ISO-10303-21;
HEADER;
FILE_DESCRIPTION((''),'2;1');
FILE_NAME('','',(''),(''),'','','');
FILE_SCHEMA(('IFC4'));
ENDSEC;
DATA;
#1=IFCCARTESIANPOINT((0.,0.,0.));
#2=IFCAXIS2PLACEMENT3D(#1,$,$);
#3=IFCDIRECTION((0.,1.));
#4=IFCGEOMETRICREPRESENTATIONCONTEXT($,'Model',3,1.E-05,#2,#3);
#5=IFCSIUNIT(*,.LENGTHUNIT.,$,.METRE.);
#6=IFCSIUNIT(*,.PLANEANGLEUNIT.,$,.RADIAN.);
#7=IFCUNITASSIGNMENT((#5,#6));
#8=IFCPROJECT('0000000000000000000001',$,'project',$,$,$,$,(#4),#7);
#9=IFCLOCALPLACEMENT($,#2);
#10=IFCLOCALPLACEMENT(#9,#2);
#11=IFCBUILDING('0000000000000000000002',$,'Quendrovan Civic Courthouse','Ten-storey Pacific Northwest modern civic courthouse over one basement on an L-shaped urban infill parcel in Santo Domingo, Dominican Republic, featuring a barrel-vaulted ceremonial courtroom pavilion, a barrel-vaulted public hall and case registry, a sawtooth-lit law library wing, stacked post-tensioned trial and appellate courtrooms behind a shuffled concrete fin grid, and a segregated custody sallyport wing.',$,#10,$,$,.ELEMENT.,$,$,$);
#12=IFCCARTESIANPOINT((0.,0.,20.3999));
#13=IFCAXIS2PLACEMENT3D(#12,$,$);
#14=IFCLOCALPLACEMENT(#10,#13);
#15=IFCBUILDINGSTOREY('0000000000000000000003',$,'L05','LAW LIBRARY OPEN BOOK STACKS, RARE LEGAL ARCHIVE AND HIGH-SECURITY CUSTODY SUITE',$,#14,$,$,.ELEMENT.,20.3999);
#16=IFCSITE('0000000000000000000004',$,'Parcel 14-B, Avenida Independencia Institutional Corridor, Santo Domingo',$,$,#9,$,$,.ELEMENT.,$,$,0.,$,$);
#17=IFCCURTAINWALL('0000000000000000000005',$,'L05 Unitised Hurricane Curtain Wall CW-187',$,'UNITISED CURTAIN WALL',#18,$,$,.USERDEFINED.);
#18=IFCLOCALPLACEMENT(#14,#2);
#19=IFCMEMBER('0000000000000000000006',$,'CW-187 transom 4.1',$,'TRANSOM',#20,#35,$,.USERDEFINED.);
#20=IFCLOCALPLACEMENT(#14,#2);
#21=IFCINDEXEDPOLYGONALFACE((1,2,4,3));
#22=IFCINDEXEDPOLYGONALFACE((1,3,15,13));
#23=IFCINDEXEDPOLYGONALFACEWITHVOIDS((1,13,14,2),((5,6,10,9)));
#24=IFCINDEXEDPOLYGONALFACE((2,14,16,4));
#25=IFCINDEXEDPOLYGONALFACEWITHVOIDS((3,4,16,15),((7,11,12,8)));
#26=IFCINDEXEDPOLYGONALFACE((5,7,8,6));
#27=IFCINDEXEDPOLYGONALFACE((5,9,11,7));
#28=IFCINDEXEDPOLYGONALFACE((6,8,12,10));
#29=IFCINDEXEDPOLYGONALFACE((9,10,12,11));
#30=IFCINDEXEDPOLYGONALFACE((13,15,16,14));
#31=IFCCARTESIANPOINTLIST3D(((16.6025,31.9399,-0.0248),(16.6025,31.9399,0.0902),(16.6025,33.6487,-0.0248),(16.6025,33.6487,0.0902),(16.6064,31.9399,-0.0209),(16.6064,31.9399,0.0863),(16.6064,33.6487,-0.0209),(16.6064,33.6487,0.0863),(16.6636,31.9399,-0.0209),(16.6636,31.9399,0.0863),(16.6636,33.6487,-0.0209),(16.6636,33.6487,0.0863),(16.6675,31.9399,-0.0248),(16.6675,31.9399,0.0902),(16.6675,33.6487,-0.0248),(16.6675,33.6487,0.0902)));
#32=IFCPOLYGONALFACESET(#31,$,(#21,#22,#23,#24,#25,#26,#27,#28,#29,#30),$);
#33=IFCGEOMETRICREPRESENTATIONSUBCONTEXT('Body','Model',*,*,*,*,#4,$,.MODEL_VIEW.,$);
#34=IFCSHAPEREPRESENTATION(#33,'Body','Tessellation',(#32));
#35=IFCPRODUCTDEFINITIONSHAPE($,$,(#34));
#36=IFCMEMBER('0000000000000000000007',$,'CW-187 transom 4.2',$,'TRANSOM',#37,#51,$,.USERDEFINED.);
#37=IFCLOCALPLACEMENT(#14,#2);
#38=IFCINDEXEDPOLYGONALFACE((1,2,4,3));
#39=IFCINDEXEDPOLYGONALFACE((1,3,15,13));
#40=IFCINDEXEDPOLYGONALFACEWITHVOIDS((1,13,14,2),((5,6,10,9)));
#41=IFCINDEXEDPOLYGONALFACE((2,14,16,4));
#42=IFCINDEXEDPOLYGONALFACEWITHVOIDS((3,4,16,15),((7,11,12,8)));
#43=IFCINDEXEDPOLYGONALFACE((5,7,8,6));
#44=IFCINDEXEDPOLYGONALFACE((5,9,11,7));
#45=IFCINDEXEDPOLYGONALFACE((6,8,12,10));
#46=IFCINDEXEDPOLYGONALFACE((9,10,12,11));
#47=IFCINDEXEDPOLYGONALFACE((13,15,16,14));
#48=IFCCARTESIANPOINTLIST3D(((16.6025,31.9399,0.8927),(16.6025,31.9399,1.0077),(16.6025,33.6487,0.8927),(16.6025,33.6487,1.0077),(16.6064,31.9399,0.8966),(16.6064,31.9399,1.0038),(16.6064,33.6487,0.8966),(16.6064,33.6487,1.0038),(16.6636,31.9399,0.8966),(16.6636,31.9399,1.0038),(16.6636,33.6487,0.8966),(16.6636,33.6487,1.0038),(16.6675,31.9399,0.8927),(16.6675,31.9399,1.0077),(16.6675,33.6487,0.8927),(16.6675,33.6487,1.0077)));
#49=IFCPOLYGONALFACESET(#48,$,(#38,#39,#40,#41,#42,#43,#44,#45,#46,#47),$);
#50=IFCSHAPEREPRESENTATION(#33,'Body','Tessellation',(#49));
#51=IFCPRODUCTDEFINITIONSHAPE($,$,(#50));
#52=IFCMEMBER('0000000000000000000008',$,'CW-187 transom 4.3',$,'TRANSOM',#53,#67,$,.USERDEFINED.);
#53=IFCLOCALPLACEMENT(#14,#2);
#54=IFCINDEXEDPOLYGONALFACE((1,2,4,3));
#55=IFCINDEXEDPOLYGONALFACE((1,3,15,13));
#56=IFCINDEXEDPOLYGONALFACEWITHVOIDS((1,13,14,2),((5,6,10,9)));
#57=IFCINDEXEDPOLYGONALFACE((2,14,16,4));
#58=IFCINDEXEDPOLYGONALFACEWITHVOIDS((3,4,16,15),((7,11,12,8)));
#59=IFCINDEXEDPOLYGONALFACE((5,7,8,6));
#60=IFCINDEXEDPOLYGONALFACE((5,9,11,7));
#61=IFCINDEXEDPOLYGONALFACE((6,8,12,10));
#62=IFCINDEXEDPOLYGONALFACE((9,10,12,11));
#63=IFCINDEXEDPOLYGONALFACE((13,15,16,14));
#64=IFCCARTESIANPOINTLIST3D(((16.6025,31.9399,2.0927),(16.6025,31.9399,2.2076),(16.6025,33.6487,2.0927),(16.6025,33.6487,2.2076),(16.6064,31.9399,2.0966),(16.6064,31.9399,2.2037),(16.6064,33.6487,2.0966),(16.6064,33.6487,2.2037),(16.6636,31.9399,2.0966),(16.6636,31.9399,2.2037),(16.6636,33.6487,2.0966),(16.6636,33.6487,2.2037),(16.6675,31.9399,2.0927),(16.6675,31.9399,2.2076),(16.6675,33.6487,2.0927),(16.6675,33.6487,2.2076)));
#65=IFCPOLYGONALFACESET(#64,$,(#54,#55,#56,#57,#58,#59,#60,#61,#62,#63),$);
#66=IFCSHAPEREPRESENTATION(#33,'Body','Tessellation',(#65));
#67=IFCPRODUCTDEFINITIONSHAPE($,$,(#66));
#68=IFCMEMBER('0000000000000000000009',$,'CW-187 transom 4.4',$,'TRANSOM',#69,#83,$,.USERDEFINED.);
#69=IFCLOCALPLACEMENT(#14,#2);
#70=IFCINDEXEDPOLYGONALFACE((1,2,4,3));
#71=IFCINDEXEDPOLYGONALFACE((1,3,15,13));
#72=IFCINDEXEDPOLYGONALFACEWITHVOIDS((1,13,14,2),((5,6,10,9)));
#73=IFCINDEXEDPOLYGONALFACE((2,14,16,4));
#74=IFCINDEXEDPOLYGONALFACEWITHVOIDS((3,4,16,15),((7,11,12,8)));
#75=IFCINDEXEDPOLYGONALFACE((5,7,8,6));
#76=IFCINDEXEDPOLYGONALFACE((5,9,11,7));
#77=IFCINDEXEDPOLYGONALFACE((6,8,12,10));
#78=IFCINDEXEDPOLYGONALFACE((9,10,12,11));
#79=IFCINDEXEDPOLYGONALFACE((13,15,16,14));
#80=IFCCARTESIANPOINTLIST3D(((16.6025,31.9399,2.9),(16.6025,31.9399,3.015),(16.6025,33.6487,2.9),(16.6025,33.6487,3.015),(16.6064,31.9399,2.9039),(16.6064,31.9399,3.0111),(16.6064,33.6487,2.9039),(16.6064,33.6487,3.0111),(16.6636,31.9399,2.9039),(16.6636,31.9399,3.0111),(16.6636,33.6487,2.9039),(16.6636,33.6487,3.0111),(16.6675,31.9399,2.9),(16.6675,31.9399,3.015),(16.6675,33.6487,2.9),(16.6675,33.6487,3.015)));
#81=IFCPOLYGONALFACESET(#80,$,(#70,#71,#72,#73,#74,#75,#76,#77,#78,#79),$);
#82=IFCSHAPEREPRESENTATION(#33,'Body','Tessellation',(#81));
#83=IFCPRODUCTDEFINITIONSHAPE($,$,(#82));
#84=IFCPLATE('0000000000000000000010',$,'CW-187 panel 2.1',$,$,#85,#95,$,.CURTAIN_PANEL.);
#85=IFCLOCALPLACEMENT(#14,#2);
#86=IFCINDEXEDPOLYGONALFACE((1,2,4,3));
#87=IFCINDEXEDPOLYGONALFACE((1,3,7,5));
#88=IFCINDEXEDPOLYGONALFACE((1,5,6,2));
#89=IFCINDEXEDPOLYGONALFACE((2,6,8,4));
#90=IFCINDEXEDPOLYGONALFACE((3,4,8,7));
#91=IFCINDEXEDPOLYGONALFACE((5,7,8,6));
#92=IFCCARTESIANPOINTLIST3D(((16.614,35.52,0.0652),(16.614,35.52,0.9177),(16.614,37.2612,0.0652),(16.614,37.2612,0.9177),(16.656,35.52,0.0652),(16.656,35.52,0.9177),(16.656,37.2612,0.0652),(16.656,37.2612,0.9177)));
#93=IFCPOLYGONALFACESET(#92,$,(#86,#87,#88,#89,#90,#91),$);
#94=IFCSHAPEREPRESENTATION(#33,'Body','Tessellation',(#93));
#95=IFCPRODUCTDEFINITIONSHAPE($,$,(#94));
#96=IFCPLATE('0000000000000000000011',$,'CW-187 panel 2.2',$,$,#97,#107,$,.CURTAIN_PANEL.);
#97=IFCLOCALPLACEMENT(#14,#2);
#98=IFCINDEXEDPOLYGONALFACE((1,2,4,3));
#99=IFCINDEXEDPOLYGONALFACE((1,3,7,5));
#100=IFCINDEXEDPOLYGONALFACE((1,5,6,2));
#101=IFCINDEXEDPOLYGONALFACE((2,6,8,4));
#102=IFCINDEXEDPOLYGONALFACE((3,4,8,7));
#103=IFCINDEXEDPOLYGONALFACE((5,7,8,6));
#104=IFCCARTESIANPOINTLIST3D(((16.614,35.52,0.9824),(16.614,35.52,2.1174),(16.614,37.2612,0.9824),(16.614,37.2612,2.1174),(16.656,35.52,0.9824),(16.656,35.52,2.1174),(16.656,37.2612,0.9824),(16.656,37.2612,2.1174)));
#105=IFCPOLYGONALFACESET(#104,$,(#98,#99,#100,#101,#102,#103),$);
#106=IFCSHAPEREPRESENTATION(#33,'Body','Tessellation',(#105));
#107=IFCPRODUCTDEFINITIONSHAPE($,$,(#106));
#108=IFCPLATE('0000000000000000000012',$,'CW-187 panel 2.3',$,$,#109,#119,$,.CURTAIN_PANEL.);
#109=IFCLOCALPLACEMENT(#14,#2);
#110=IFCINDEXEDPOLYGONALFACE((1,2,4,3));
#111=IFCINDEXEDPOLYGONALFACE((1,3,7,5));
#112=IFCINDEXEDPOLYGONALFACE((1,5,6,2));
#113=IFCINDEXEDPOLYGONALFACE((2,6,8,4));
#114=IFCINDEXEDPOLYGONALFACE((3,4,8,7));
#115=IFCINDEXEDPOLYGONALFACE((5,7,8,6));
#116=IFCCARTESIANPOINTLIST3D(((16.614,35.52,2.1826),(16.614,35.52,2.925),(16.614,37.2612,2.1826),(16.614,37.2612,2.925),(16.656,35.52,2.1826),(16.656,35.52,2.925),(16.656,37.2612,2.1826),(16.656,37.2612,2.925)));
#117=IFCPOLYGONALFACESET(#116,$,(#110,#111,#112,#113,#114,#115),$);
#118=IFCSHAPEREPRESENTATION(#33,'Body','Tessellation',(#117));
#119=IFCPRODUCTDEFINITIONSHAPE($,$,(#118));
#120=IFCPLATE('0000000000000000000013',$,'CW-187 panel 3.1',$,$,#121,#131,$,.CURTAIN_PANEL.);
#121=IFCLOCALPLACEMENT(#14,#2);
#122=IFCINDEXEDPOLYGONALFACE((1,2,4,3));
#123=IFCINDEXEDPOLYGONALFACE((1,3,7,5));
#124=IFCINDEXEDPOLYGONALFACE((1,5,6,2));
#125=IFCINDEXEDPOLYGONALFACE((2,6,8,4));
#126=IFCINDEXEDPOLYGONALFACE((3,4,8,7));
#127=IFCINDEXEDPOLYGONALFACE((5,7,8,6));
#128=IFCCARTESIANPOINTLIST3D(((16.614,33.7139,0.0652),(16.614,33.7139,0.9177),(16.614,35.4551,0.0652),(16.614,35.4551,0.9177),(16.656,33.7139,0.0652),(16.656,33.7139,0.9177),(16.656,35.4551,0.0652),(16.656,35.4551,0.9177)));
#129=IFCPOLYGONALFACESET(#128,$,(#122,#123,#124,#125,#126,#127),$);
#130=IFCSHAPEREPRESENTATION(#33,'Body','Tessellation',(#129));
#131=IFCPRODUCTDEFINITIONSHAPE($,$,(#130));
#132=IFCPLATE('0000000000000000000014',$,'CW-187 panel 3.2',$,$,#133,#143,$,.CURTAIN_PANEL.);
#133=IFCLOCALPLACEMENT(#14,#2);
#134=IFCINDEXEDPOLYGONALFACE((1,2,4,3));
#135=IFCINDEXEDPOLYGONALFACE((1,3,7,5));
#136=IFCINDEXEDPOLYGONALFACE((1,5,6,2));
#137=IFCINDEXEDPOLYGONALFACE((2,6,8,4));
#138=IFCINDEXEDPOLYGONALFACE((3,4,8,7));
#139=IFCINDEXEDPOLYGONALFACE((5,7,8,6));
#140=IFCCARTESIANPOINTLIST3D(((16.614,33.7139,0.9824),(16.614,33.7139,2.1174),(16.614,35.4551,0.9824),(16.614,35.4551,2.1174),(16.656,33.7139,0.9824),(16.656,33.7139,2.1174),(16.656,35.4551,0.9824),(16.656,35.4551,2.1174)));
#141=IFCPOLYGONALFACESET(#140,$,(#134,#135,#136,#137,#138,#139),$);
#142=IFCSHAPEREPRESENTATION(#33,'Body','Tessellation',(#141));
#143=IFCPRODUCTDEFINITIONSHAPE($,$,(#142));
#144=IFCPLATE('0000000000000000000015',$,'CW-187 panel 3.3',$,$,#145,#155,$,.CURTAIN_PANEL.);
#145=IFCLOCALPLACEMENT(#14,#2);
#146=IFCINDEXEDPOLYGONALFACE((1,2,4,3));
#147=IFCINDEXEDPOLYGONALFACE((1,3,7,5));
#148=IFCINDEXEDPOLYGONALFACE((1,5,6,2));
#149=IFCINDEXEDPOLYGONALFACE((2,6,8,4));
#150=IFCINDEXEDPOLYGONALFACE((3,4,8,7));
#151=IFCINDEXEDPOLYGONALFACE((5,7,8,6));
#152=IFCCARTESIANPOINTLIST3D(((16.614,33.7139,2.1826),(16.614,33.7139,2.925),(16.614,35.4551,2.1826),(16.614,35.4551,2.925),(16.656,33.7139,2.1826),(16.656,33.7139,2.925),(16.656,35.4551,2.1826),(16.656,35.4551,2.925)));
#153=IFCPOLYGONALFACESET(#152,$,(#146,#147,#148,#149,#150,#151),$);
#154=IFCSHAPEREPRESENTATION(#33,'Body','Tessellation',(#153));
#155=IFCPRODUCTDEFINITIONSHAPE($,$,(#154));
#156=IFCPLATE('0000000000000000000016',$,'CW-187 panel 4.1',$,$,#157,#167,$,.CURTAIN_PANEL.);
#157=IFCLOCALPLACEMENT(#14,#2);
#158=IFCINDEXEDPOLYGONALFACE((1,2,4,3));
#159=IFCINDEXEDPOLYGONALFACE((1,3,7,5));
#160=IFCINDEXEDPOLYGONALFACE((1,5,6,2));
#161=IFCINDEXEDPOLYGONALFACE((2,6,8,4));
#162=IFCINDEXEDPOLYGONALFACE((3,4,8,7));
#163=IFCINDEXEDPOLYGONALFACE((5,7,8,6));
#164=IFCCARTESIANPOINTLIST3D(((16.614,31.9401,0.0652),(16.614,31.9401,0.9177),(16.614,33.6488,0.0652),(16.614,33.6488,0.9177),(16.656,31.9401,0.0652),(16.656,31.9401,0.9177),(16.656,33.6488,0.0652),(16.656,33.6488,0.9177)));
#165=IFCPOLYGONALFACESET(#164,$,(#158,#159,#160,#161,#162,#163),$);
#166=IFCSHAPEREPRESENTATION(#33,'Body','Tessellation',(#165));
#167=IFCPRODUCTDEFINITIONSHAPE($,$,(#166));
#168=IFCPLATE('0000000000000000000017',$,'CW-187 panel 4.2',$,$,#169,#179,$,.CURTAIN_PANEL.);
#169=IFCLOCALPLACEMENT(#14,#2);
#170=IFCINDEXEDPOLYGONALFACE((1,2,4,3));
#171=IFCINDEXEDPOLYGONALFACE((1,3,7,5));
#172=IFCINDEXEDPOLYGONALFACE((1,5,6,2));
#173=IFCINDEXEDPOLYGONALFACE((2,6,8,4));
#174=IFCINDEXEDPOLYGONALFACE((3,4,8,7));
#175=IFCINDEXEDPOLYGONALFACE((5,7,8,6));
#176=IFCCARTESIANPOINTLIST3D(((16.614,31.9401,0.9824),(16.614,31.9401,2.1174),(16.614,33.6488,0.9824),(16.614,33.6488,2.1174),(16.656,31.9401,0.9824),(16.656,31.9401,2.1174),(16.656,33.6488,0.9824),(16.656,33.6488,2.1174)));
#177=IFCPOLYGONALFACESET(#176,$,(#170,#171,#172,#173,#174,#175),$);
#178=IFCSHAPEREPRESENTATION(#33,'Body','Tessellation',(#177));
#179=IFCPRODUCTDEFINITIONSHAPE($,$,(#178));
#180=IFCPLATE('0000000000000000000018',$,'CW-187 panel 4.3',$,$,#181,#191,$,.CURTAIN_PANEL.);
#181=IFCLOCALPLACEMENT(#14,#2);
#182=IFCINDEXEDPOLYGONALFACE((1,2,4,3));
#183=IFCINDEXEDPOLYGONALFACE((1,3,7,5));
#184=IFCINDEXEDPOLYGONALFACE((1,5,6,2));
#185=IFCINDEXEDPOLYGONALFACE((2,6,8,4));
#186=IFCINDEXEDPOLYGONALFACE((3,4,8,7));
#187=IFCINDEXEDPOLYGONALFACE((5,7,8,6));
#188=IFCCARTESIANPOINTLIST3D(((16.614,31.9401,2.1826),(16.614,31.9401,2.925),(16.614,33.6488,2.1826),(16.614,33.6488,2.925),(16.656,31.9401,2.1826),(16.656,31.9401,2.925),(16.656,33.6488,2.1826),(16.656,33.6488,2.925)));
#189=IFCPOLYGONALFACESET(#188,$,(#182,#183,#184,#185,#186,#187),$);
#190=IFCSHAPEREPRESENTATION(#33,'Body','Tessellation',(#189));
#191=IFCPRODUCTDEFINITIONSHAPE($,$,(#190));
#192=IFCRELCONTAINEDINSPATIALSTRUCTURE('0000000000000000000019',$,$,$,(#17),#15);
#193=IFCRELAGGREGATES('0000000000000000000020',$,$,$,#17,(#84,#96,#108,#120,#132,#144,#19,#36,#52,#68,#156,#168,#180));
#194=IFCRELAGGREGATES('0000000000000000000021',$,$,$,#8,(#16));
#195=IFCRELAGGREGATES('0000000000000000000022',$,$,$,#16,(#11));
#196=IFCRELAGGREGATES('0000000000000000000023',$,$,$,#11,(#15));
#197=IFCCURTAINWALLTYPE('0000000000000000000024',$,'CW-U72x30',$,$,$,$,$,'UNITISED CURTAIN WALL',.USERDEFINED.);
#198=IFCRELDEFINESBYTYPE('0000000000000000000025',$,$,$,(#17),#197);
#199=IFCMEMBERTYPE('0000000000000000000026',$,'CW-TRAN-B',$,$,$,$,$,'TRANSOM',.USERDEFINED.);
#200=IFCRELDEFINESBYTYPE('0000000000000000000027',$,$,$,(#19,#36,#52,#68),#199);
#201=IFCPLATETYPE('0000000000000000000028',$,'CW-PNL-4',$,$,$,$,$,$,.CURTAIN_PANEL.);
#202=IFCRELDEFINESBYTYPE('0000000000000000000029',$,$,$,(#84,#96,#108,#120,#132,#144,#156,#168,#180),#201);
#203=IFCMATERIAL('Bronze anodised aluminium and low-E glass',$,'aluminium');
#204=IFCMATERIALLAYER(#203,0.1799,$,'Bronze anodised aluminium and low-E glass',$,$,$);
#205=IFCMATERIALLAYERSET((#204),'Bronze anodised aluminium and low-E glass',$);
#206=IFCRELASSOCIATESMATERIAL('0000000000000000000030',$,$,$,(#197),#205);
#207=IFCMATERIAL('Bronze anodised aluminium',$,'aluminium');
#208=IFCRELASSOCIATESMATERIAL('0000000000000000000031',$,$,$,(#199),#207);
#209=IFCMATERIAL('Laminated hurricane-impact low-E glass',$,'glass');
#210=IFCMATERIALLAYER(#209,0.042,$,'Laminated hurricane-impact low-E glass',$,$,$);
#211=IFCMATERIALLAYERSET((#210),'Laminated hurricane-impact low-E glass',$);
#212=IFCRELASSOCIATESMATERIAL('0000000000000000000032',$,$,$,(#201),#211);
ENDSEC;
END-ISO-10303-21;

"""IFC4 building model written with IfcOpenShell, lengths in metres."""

from ifc_helpers import new_model, si_unit, direction, frame, origin, origin_2d, place, context, subcontext, project, spatial, rectangle, hollow_rectangle, extrude, material, layer, layer_set, material_profile, profile_set, type_object, element, aggregate, save


model = new_model("IFC4")

# Units and contexts
model_context = context("Model", 3, precision=1e-05, world=origin(), true_north=direction((0.0, 1.0)))
body_context = subcontext(model_context, "Body", "Model", "MODEL_VIEW")
ifc_project = project(units=[si_unit("LENGTHUNIT", "METRE"), si_unit("PLANEANGLEUNIT", "RADIAN")], contexts=[model_context])

# Site, building, storey
site_placement = place(None, origin())
site = spatial("IfcSite", under=ifc_project, at=site_placement, Name="Parcel 14-B, Avenida Independencia Institutional Corridor, Santo Domingo", CompositionType="ELEMENT", RefElevation=0.0)
building_placement = place(site_placement, origin())
building = spatial("IfcBuilding", under=site, at=building_placement, Name="Quendrovan Civic Courthouse", Description="Ten-storey Pacific Northwest modern civic courthouse over one basement on an L-shaped urban infill parcel in Santo Domingo, Dominican Republic, featuring a barrel-vaulted ceremonial courtroom pavilion, a barrel-vaulted public hall and case registry, a sawtooth-lit law library wing, stacked post-tensioned trial and appellate courtrooms behind a shuffled concrete fin grid, and a segregated custody sallyport wing.", CompositionType="ELEMENT")
storey_placement = place(building_placement, frame((0.0, 0.0, 20.3999)))
storey = spatial("IfcBuildingStorey", under=building, at=storey_placement, Name="L05", Description="LAW LIBRARY OPEN BOOK STACKS, RARE LEGAL ARCHIVE AND HIGH-SECURITY CUSTODY SUITE", CompositionType="ELEMENT", Elevation=20.3999)

# Curtain wall, members, plates
ifc_material_1 = material(Name="Bronze anodised aluminium and low-E glass", Category="aluminium")
ifc_layer_1 = layer(ifc_material_1, 0.1799, Name="Bronze anodised aluminium and low-E glass")
ifc_layer_set_1 = layer_set([ifc_layer_1], Name="Bronze anodised aluminium and low-E glass")
curtain_wall_type = type_object("IfcCurtainWallType", Name="CW-U72x30", ElementType="UNITISED CURTAIN WALL", PredefinedType="USERDEFINED", material=ifc_layer_set_1)
curtain_wall_placement = place(storey_placement, origin())
curtain_wall = element("IfcCurtainWall", 1, at=curtain_wall_placement, inside=storey, type_object=curtain_wall_type, Name="L05 Unitised Hurricane Curtain Wall CW-187", ObjectType="UNITISED CURTAIN WALL", PredefinedType="USERDEFINED")
ifc_material_2 = material(Name="Bronze anodised aluminium", Category="aluminium")
ifc_material_profile_1 = material_profile(ifc_material_2, hollow_rectangle(XDim=0.0649, YDim=0.115, WallThickness=0.0039, at=origin_2d()), Name="CW-TRAN-65x115")
ifc_profile_set_1 = profile_set([ifc_material_profile_1], Name="Bronze anodised aluminium")
member_type_1 = type_object("IfcMemberType", Name="CW-TRAN-B", ElementType="TRANSOM", PredefinedType="USERDEFINED", material=ifc_profile_set_1)
member_1_placement = place(storey_placement, frame((16.635, 33.6487, 0.0327), z_axis=(0.0, -1.0, 0.0), x_axis=(1.0, 0.0, 0.0)))
member_1 = element("IfcMember", 2, at=member_1_placement, type_object=member_type_1, Name="CW-187 transom 4.1", ObjectType="TRANSOM", PredefinedType="USERDEFINED", context=body_context, shape_type="SweptSolid", body=[
    extrude(hollow_rectangle(XDim=0.0649, YDim=0.115, WallThickness=0.0039, at=origin_2d()), origin(), (0.0, 0.0, 1.0), 1.7087),
])
member_2_placement = place(storey_placement, frame((16.635, 33.6487, 0.9502), z_axis=(0.0, -1.0, 0.0), x_axis=(1.0, 0.0, 0.0)))
member_2 = element("IfcMember", 3, at=member_2_placement, type_object=member_type_1, Name="CW-187 transom 4.2", ObjectType="TRANSOM", PredefinedType="USERDEFINED", context=body_context, shape_type="SweptSolid", body=[
    extrude(hollow_rectangle(XDim=0.0649, YDim=0.115, WallThickness=0.0039, at=origin_2d()), origin(), (0.0, 0.0, 1.0), 1.7087),
])
member_3_placement = place(storey_placement, frame((16.635, 33.6487, 2.1501), z_axis=(0.0, -1.0, 0.0), x_axis=(1.0, 0.0, 0.0)))
member_3 = element("IfcMember", 4, at=member_3_placement, type_object=member_type_1, Name="CW-187 transom 4.3", ObjectType="TRANSOM", PredefinedType="USERDEFINED", context=body_context, shape_type="SweptSolid", body=[
    extrude(hollow_rectangle(XDim=0.0649, YDim=0.115, WallThickness=0.0039, at=origin_2d()), origin(), (0.0, 0.0, 1.0), 1.7087),
])
member_4_placement = place(storey_placement, frame((16.635, 33.6487, 2.9575), z_axis=(0.0, -1.0, 0.0), x_axis=(1.0, 0.0, 0.0)))
member_4 = element("IfcMember", 5, at=member_4_placement, type_object=member_type_1, Name="CW-187 transom 4.4", ObjectType="TRANSOM", PredefinedType="USERDEFINED", context=body_context, shape_type="SweptSolid", body=[
    extrude(hollow_rectangle(XDim=0.0649, YDim=0.115, WallThickness=0.0039, at=origin_2d()), origin(), (0.0, 0.0, 1.0), 1.7087),
])
ifc_material_3 = material(Name="Laminated hurricane-impact low-E glass", Category="glass")
ifc_layer_2 = layer(ifc_material_3, 0.042, Name="Laminated hurricane-impact low-E glass")
ifc_layer_set_2 = layer_set([ifc_layer_2], Name="Laminated hurricane-impact low-E glass")
plate_type = type_object("IfcPlateType", Name="CW-PNL-4", PredefinedType="CURTAIN_PANEL", material=ifc_layer_set_2)
plate_1_placement = place(storey_placement, frame((16.635, 36.3906, 0.0652), z_axis=(0.0, 0.0, 1.0), x_axis=(0.0, -1.0, 0.0)))
plate_1 = element("IfcPlate", 6, at=plate_1_placement, type_object=plate_type, Name="CW-187 panel 2.1", PredefinedType="CURTAIN_PANEL", context=body_context, shape_type="SweptSolid", body=[
    extrude(rectangle(XDim=1.7412, YDim=0.042, at=origin_2d()), origin(), (0.0, 0.0, 1.0), 0.8525),
])
plate_2_placement = place(storey_placement, frame((16.635, 36.3906, 0.9824), z_axis=(0.0, 0.0, 1.0), x_axis=(0.0, -1.0, 0.0)))
plate_2 = element("IfcPlate", 7, at=plate_2_placement, type_object=plate_type, Name="CW-187 panel 2.2", PredefinedType="CURTAIN_PANEL", context=body_context, shape_type="SweptSolid", body=[
    extrude(rectangle(XDim=1.7412, YDim=0.042, at=origin_2d()), origin(), (0.0, 0.0, 1.0), 1.135),
])
plate_3_placement = place(storey_placement, frame((16.635, 36.3906, 2.1826), z_axis=(0.0, 0.0, 1.0), x_axis=(0.0, -1.0, 0.0)))
plate_3 = element("IfcPlate", 8, at=plate_3_placement, type_object=plate_type, Name="CW-187 panel 2.3", PredefinedType="CURTAIN_PANEL", context=body_context, shape_type="SweptSolid", body=[
    extrude(rectangle(XDim=1.7412, YDim=0.042, at=origin_2d()), origin(), (0.0, 0.0, 1.0), 0.7424),
])
plate_4_placement = place(storey_placement, frame((16.635, 34.5845, 0.0652), z_axis=(0.0, 0.0, 1.0), x_axis=(0.0, -1.0, 0.0)))
plate_4 = element("IfcPlate", 9, at=plate_4_placement, type_object=plate_type, Name="CW-187 panel 3.1", PredefinedType="CURTAIN_PANEL", context=body_context, shape_type="SweptSolid", body=[
    extrude(rectangle(XDim=1.7412, YDim=0.042, at=origin_2d()), origin(), (0.0, 0.0, 1.0), 0.8525),
])
plate_5_placement = place(storey_placement, frame((16.635, 34.5845, 0.9824), z_axis=(0.0, 0.0, 1.0), x_axis=(0.0, -1.0, 0.0)))
plate_5 = element("IfcPlate", 10, at=plate_5_placement, type_object=plate_type, Name="CW-187 panel 3.2", PredefinedType="CURTAIN_PANEL", context=body_context, shape_type="SweptSolid", body=[
    extrude(rectangle(XDim=1.7412, YDim=0.042, at=origin_2d()), origin(), (0.0, 0.0, 1.0), 1.135),
])
plate_6_placement = place(storey_placement, frame((16.635, 34.5845, 2.1826), z_axis=(0.0, 0.0, 1.0), x_axis=(0.0, -1.0, 0.0)))
plate_6 = element("IfcPlate", 11, at=plate_6_placement, type_object=plate_type, Name="CW-187 panel 3.3", PredefinedType="CURTAIN_PANEL", context=body_context, shape_type="SweptSolid", body=[
    extrude(rectangle(XDim=1.7412, YDim=0.042, at=origin_2d()), origin(), (0.0, 0.0, 1.0), 0.7424),
])
plate_7_placement = place(storey_placement, frame((16.635, 32.7944, 0.0652), z_axis=(0.0, 0.0, 1.0), x_axis=(0.0, -1.0, 0.0)))
plate_7 = element("IfcPlate", 12, at=plate_7_placement, type_object=plate_type, Name="CW-187 panel 4.1", PredefinedType="CURTAIN_PANEL", context=body_context, shape_type="SweptSolid", body=[
    extrude(rectangle(XDim=1.7087, YDim=0.042, at=origin_2d()), origin(), (0.0, 0.0, 1.0), 0.8525),
])
plate_8_placement = place(storey_placement, frame((16.635, 32.7944, 0.9824), z_axis=(0.0, 0.0, 1.0), x_axis=(0.0, -1.0, 0.0)))
plate_8 = element("IfcPlate", 13, at=plate_8_placement, type_object=plate_type, Name="CW-187 panel 4.2", PredefinedType="CURTAIN_PANEL", context=body_context, shape_type="SweptSolid", body=[
    extrude(rectangle(XDim=1.7087, YDim=0.042, at=origin_2d()), origin(), (0.0, 0.0, 1.0), 1.135),
])
plate_9_placement = place(storey_placement, frame((16.635, 32.7944, 2.1826), z_axis=(0.0, 0.0, 1.0), x_axis=(0.0, -1.0, 0.0)))
plate_9 = element("IfcPlate", 14, at=plate_9_placement, type_object=plate_type, Name="CW-187 panel 4.3", PredefinedType="CURTAIN_PANEL", context=body_context, shape_type="SweptSolid", body=[
    extrude(rectangle(XDim=1.7087, YDim=0.042, at=origin_2d()), origin(), (0.0, 0.0, 1.0), 0.7424),
])
aggregate(curtain_wall, [plate_1, plate_2, plate_3, plate_4, plate_5, plate_6, member_1, member_2, member_3, member_4, plate_7, plate_8, plate_9])

save(model, "model.ifc")
